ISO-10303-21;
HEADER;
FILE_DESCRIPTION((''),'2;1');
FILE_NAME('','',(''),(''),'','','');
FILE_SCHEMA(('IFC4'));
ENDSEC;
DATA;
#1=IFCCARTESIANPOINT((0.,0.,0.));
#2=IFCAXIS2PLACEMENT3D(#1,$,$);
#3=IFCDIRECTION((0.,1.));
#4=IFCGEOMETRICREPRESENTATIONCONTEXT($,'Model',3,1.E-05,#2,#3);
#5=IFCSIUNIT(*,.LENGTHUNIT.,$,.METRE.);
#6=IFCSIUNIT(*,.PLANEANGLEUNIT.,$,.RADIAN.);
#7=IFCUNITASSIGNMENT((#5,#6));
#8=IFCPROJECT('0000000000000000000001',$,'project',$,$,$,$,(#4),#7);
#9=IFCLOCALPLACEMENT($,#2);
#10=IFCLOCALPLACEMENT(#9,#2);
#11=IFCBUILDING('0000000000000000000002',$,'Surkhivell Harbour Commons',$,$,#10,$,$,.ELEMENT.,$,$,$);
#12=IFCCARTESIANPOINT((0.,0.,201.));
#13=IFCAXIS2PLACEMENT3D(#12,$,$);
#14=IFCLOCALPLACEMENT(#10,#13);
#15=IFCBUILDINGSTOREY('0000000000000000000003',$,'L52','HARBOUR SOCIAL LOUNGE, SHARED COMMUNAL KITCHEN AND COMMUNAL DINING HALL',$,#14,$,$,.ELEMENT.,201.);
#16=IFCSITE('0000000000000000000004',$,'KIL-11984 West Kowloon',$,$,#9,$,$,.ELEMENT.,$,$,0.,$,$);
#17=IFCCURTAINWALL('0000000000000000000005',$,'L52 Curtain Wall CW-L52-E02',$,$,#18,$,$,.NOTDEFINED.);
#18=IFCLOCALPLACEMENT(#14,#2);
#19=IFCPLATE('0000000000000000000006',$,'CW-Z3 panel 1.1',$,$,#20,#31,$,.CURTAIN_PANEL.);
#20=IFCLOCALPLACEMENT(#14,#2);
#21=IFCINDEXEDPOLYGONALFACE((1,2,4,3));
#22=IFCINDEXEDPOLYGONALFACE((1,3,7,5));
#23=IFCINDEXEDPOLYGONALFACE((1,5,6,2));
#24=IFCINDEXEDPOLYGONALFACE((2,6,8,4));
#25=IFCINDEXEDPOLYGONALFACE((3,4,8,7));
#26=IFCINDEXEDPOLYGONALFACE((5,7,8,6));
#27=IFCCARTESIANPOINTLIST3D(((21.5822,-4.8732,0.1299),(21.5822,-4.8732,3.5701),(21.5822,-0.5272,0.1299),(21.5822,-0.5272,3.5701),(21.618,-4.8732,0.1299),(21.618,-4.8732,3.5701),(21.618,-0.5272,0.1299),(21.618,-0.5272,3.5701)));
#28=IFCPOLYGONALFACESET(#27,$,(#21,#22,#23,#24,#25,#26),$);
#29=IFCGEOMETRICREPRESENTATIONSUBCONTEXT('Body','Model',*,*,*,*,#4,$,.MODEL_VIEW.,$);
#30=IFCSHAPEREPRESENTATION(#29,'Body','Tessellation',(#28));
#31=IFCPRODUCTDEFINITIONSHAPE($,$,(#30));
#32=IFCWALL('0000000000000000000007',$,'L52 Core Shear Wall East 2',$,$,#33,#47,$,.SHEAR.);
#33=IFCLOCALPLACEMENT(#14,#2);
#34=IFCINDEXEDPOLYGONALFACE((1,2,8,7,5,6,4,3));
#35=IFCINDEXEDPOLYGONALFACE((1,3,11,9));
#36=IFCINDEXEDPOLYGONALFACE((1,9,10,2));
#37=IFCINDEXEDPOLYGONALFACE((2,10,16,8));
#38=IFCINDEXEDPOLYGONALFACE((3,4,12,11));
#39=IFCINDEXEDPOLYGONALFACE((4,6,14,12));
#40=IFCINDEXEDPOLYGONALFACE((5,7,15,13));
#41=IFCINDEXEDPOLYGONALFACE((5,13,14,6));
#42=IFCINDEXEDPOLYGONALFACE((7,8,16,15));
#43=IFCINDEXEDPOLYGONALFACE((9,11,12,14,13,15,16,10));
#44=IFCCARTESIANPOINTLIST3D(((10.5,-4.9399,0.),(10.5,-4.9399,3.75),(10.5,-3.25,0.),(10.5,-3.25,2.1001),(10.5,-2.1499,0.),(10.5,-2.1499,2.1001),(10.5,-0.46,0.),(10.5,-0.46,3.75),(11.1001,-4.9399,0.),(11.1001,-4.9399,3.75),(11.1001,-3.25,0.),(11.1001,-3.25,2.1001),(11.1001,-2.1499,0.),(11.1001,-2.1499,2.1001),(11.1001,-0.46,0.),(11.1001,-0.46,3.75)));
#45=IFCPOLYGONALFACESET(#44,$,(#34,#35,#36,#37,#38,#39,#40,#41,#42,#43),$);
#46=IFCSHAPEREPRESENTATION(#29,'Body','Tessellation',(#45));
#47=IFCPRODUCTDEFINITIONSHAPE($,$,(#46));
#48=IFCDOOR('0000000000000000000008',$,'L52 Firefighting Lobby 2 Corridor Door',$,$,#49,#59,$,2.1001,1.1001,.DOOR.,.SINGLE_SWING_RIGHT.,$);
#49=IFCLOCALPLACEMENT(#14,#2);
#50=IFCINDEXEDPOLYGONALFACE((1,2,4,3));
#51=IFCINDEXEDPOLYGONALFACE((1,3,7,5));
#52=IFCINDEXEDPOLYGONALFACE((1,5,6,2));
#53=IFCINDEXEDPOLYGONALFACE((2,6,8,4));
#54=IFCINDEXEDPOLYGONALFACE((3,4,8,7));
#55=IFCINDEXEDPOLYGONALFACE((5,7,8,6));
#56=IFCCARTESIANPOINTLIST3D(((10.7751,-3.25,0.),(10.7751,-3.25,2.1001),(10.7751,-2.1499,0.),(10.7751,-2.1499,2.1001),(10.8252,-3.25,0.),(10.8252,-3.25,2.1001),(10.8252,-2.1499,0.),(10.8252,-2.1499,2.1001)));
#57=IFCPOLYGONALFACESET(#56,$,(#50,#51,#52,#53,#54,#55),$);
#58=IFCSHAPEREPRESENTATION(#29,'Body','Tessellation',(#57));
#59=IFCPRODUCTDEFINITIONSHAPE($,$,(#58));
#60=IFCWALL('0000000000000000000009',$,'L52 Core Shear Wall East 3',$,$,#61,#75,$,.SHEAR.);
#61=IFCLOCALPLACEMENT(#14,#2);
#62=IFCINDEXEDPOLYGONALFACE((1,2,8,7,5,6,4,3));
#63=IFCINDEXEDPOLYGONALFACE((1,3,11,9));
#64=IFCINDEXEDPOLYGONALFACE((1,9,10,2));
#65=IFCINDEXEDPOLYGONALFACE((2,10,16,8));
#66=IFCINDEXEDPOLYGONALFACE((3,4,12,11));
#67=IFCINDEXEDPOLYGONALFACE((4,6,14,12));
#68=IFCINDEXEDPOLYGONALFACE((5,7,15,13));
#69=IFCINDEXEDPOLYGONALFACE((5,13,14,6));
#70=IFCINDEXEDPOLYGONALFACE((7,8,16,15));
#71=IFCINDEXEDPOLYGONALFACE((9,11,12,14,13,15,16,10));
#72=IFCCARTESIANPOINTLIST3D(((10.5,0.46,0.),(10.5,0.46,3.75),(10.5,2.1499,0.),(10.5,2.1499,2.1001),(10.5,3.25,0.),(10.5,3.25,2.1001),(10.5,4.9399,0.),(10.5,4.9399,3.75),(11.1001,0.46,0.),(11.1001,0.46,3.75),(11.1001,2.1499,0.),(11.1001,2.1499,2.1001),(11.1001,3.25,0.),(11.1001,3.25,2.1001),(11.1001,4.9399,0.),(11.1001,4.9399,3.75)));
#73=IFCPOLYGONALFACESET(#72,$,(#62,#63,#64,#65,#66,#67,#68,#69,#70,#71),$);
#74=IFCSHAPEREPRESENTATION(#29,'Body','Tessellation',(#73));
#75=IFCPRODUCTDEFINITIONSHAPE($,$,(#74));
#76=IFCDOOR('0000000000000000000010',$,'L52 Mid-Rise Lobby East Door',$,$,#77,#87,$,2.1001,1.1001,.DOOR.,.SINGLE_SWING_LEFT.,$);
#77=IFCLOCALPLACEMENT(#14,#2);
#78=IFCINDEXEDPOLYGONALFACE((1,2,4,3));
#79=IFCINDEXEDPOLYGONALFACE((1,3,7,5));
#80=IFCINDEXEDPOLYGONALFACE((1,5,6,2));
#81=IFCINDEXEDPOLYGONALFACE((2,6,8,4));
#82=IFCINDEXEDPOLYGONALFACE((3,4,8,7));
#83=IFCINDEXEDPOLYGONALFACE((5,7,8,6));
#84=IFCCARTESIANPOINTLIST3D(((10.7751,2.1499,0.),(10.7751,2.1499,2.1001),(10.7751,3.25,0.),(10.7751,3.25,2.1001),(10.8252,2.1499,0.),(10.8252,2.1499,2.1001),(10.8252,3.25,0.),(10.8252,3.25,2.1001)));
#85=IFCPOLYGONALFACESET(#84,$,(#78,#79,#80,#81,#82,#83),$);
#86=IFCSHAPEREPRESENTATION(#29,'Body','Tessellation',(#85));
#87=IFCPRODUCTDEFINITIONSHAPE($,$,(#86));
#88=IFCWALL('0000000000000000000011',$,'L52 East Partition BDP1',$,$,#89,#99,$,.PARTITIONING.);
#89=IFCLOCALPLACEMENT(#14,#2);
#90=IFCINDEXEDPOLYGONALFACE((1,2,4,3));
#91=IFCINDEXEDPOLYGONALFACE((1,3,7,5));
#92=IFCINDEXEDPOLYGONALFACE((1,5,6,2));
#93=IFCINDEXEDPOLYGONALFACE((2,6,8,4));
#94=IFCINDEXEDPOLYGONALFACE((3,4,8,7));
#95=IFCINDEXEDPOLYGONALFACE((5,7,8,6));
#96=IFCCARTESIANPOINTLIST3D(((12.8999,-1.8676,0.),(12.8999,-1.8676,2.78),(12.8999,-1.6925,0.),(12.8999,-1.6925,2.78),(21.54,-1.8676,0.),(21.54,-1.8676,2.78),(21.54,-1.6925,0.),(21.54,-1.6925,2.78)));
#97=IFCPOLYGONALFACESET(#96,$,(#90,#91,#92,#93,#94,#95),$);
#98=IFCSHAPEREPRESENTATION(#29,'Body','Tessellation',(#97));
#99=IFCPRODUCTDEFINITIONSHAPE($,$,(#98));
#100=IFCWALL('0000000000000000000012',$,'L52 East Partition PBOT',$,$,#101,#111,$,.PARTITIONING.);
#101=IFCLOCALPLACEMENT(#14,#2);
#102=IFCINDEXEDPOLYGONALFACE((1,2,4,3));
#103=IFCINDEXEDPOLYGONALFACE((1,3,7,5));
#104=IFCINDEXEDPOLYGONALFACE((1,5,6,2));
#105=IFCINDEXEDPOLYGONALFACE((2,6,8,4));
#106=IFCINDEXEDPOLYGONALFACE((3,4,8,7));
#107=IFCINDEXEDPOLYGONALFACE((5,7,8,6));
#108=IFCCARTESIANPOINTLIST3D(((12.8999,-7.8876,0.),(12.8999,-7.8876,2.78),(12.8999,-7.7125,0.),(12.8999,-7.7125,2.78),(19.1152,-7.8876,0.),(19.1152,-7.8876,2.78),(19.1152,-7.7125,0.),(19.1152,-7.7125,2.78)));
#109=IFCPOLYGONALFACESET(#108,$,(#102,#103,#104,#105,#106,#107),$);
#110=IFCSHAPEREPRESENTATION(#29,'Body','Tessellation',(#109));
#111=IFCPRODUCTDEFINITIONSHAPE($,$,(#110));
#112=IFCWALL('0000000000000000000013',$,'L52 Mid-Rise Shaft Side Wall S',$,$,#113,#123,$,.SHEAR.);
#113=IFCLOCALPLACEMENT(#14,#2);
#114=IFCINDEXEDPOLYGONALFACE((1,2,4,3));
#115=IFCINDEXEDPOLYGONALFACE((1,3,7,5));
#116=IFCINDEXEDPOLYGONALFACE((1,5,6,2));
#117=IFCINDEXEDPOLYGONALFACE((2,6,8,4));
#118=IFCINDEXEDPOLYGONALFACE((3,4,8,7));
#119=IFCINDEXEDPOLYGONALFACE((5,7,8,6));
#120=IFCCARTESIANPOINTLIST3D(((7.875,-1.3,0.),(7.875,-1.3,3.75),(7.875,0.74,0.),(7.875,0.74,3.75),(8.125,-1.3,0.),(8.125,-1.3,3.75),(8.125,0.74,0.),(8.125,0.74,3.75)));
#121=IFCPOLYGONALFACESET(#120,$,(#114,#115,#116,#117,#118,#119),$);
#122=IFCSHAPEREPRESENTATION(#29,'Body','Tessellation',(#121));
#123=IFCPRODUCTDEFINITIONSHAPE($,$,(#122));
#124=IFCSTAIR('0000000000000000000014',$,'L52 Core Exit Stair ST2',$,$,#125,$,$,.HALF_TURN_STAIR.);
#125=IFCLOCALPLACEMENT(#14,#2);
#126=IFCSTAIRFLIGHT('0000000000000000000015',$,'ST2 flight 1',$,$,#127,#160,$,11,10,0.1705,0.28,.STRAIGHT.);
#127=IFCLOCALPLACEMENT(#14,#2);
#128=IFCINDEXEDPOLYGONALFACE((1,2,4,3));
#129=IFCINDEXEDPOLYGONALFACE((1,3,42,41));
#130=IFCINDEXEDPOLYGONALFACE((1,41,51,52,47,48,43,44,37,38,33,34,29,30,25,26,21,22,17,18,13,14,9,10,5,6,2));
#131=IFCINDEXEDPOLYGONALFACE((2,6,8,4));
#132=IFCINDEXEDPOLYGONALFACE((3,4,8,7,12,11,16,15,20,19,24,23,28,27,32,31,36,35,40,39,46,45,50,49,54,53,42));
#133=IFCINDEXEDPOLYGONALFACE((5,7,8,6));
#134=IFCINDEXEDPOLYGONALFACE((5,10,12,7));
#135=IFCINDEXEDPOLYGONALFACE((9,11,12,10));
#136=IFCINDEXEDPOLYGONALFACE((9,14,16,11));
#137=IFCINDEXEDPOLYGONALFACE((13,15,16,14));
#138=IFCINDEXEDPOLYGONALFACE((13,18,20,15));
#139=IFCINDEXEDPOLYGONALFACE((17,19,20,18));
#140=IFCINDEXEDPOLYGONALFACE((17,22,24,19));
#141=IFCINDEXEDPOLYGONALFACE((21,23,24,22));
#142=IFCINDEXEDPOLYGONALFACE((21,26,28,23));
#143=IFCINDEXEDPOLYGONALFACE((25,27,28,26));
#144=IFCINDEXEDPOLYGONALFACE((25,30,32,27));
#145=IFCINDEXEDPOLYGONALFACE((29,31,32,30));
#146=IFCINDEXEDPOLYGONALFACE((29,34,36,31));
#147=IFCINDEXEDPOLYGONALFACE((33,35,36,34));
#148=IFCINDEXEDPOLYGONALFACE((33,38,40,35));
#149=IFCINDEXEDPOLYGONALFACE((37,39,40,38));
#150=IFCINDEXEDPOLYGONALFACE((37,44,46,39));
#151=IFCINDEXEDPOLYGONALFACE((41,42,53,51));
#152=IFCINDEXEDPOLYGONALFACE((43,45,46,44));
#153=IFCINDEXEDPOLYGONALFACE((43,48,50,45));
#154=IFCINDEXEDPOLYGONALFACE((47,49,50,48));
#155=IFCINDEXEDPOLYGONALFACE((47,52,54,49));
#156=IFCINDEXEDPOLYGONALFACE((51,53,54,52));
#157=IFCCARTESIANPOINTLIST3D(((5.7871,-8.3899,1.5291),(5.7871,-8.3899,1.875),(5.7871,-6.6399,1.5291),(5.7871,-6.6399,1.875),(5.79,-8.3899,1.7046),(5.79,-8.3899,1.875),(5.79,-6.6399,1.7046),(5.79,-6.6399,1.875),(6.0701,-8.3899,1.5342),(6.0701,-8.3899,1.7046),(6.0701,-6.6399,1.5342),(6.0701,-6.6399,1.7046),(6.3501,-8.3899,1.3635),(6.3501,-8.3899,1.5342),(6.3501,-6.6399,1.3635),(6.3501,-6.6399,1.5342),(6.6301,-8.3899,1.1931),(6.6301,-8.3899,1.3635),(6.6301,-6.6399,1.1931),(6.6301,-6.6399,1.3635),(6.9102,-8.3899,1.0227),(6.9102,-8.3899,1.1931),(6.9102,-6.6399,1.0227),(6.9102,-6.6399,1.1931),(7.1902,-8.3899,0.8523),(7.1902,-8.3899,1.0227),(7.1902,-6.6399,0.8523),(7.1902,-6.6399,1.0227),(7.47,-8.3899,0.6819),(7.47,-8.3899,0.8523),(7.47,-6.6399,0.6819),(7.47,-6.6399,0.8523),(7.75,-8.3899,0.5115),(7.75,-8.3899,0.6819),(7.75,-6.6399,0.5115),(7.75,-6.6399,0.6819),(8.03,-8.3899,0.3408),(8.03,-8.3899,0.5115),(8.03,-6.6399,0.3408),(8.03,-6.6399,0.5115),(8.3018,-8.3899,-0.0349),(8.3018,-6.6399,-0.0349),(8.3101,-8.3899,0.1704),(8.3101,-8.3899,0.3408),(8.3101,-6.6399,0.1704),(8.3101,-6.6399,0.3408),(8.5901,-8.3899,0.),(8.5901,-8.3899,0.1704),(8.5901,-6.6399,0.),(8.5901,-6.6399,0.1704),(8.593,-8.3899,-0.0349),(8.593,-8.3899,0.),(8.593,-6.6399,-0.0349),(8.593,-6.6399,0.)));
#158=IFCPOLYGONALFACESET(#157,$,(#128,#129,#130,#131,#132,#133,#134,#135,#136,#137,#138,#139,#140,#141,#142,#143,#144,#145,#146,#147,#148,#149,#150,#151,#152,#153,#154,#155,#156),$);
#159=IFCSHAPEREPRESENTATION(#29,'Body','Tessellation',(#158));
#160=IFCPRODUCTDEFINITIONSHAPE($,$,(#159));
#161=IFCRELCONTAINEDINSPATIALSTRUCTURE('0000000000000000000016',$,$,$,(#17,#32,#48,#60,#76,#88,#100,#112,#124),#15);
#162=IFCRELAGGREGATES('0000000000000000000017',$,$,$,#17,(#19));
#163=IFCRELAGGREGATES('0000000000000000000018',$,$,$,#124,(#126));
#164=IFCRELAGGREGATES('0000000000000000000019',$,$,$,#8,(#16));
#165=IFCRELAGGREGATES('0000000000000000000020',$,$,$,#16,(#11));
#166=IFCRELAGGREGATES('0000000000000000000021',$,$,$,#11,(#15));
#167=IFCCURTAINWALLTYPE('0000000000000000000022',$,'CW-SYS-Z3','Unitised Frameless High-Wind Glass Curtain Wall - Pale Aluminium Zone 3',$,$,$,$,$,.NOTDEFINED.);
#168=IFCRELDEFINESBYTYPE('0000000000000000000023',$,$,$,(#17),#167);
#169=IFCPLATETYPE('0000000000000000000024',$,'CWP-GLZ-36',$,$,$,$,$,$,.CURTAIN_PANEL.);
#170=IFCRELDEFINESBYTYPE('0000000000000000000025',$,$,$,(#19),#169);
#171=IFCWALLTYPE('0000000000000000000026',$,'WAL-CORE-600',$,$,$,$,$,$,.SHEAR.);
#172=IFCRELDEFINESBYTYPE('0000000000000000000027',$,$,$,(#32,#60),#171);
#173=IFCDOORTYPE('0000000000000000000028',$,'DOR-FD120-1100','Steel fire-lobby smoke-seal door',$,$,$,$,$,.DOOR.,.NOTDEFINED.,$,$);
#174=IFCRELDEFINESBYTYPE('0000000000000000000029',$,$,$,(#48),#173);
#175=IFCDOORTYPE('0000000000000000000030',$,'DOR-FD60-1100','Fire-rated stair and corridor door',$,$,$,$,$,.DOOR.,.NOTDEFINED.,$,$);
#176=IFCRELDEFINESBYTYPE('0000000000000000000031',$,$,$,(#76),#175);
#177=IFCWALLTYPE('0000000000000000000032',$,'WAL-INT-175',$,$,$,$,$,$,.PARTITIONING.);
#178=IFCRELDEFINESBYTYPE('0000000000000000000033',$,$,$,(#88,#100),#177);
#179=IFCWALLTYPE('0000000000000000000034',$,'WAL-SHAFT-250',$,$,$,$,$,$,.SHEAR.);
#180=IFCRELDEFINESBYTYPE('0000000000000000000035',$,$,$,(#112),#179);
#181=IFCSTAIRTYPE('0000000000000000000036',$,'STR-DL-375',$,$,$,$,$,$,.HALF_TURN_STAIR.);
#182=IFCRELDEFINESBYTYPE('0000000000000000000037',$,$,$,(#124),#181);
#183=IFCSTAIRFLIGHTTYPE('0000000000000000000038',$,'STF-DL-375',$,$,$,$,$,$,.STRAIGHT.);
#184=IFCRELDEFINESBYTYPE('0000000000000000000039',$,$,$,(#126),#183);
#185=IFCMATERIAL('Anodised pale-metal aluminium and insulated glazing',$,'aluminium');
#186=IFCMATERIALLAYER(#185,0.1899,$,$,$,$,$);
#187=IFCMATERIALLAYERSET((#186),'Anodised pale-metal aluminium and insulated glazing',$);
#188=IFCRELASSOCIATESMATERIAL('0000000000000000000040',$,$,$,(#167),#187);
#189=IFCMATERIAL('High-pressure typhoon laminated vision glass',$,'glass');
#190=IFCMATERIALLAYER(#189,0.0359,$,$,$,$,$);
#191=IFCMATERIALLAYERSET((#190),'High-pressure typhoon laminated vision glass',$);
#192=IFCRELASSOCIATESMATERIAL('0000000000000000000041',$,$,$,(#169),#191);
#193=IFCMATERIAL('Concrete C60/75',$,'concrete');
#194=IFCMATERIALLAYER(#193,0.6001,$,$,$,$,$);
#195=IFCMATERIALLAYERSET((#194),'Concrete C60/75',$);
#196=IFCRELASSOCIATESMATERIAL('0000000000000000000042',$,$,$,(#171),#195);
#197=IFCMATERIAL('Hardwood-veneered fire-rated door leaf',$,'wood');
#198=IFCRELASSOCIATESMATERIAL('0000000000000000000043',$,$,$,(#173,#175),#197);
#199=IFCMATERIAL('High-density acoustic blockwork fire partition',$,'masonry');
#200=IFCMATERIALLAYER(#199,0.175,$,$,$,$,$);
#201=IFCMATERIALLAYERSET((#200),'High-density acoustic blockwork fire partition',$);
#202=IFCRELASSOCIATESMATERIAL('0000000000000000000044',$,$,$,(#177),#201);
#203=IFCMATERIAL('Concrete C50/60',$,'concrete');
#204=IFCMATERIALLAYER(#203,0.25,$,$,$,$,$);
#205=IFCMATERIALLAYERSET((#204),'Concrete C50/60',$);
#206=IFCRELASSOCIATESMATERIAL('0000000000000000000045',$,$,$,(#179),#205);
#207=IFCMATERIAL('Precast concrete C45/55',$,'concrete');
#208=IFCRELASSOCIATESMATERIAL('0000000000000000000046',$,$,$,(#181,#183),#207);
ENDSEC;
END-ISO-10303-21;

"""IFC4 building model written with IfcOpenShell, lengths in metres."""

from ifc_helpers import new_model, si_unit, direction, frame, frame_2d, origin, place, context, subcontext, project, spatial, polyline, rectangle, outline, extrude, material, layer, layer_set, type_object, element, fill, aggregate, save


model = new_model("IFC4")

# Units and contexts
model_context = context("Model", 3, precision=1e-05, world=origin(), true_north=direction((0.0, 1.0)))
body_context = subcontext(model_context, "Body", "Model", "MODEL_VIEW")
ifc_project = project(units=[si_unit("LENGTHUNIT", "METRE"), si_unit("PLANEANGLEUNIT", "RADIAN")], contexts=[model_context])

# Site, building, storey
site_placement = place(None, origin())
site = spatial("IfcSite", under=ifc_project, at=site_placement, Name="KIL-11984 West Kowloon", CompositionType="ELEMENT", RefElevation=0.0)
building_placement = place(site_placement, origin())
building = spatial("IfcBuilding", under=site, at=building_placement, Name="Surkhivell Harbour Commons", CompositionType="ELEMENT")
storey_placement = place(building_placement, frame((0.0, 0.0, 201.0)))
storey = spatial("IfcBuildingStorey", under=building, at=storey_placement, Name="L52", Description="HARBOUR SOCIAL LOUNGE, SHARED COMMUNAL KITCHEN AND COMMUNAL DINING HALL", CompositionType="ELEMENT", Elevation=201.0)

# Shared definitions
ifc_material_1 = material(Name="Concrete C60/75", Category="concrete")

# Shared definitions
ifc_material_2 = material(Name="Anodised pale-metal aluminium and insulated glazing", Category="aluminium")
ifc_layer_1 = layer(ifc_material_2, 0.1899)
ifc_layer_set_1 = layer_set([ifc_layer_1], Name="Anodised pale-metal aluminium and insulated glazing")
curtain_wall_type = type_object("IfcCurtainWallType", Name="CW-SYS-Z3", Description="Unitised Frameless High-Wind Glass Curtain Wall - Pale Aluminium Zone 3", PredefinedType="NOTDEFINED", material=ifc_layer_set_1)

# Curtain wall, plate
curtain_wall_1_placement = place(storey_placement, origin())
curtain_wall_1 = element("IfcCurtainWall", 1, at=curtain_wall_1_placement, inside=storey, type_object=curtain_wall_type, Name="L52 Curtain Wall CW-L52-E02", PredefinedType="NOTDEFINED")
ifc_material_3 = material(Name="High-pressure typhoon laminated vision glass", Category="glass")
ifc_layer_2 = layer(ifc_material_3, 0.0359)
ifc_layer_set_2 = layer_set([ifc_layer_2], Name="High-pressure typhoon laminated vision glass")
plate_type = type_object("IfcPlateType", Name="CWP-GLZ-36", PredefinedType="CURTAIN_PANEL", material=ifc_layer_set_2)
plate_placement = place(storey_placement, frame((21.6001, -4.873, 0.1299), z_axis=(0.0, 0.0, 1.0), x_axis=(0.0, 1.0, 0.0)))
plate = element("IfcPlate", 2, at=plate_placement, type_object=plate_type, Name="CW-Z3 panel 1.1", PredefinedType="CURTAIN_PANEL", context=body_context, shape_type="SweptSolid", body=[
    extrude(rectangle(XDim=4.3459, YDim=0.0359, at=frame_2d((2.1729, 0.0))), origin(), (0.0, 0.0, 1.0), 3.4402),
])
aggregate(curtain_wall_1, [plate])

# Walls, openings, doors
ifc_layer_3 = layer(ifc_material_1, 0.6001)
ifc_layer_set_3 = layer_set([ifc_layer_3], Name="Concrete C60/75")
wall_type_1 = type_object("IfcWallType", Name="WAL-CORE-600", PredefinedType="SHEAR", material=ifc_layer_set_3)
wall_1_placement = place(storey_placement, frame((10.8, -4.9399, 0.0), z_axis=(0.0, 0.0, 1.0), x_axis=(0.0, 1.0, 0.0)))
wall_1 = element("IfcWall", 3, at=wall_1_placement, inside=storey, type_object=wall_type_1, Name="L52 Core Shear Wall East 2", PredefinedType="SHEAR", context=body_context, shape_type="SweptSolid", body=[
    extrude(rectangle(XDim=4.48, YDim=0.6001, at=frame_2d((2.24, 0.0))), origin(), (0.0, 0.0, 1.0), 3.75),
])
opening_1_placement = place(wall_1_placement, frame((1.6899, 0.0, 0.0)))
opening_1 = element("IfcOpeningElement", 4, at=opening_1_placement, cuts=wall_1, PredefinedType="OPENING", context=body_context, shape_type="SweptSolid", body=[
    extrude(rectangle(XDim=1.1001, YDim=2.1001, at=frame_2d((0.55, 1.05))), frame((0.0, 0.3101, 0.0), z_axis=(0.0, -1.0, 0.0), x_axis=(1.0, 0.0, 0.0)), (0.0, 0.0, 1.0), 0.6201),
])
ifc_material_4 = material(Name="Hardwood-veneered fire-rated door leaf", Category="wood")
door_type_1 = type_object("IfcDoorType", Name="DOR-FD120-1100", Description="Steel fire-lobby smoke-seal door", OperationType="NOTDEFINED", PredefinedType="DOOR", material=ifc_material_4)
door_1_placement = place(opening_1_placement, origin())
door_1 = element("IfcDoor", 5, at=door_1_placement, inside=storey, type_object=door_type_1, Name="L52 Firefighting Lobby 2 Corridor Door", OperationType="SINGLE_SWING_RIGHT", OverallHeight=2.1001, OverallWidth=1.1001, PredefinedType="DOOR", context=body_context, shape_type="SweptSolid", body=[
    extrude(rectangle(XDim=1.1001, YDim=2.1001, at=frame_2d((0.55, 1.05))), frame((0.0, 0.0249, 0.0), z_axis=(0.0, -1.0, 0.0), x_axis=(1.0, 0.0, 0.0)), (0.0, 0.0, 1.0), 0.05),
])
fill(opening_1, door_1)
wall_2_placement = place(storey_placement, frame((10.8, 0.46, 0.0), z_axis=(0.0, 0.0, 1.0), x_axis=(0.0, 1.0, 0.0)))
wall_2 = element("IfcWall", 6, at=wall_2_placement, inside=storey, type_object=wall_type_1, Name="L52 Core Shear Wall East 3", PredefinedType="SHEAR", context=body_context, shape_type="SweptSolid", body=[
    extrude(rectangle(XDim=4.48, YDim=0.6001, at=frame_2d((2.24, 0.0))), origin(), (0.0, 0.0, 1.0), 3.75),
])
opening_2_placement = place(wall_2_placement, frame((1.6899, 0.0, 0.0)))
opening_2 = element("IfcOpeningElement", 7, at=opening_2_placement, cuts=wall_2, PredefinedType="OPENING", context=body_context, shape_type="SweptSolid", body=[
    extrude(rectangle(XDim=1.1001, YDim=2.1001, at=frame_2d((0.55, 1.05))), frame((0.0, 0.3101, 0.0), z_axis=(0.0, -1.0, 0.0), x_axis=(1.0, 0.0, 0.0)), (0.0, 0.0, 1.0), 0.6201),
])
door_type_2 = type_object("IfcDoorType", Name="DOR-FD60-1100", Description="Fire-rated stair and corridor door", OperationType="NOTDEFINED", PredefinedType="DOOR", material=ifc_material_4)
door_2_placement = place(opening_2_placement, origin())
door_2 = element("IfcDoor", 8, at=door_2_placement, inside=storey, type_object=door_type_2, Name="L52 Mid-Rise Lobby East Door", OperationType="SINGLE_SWING_LEFT", OverallHeight=2.1001, OverallWidth=1.1001, PredefinedType="DOOR", context=body_context, shape_type="SweptSolid", body=[
    extrude(rectangle(XDim=1.1001, YDim=2.1001, at=frame_2d((0.55, 1.05))), frame((0.0, 0.0249, 0.0), z_axis=(0.0, -1.0, 0.0), x_axis=(1.0, 0.0, 0.0)), (0.0, 0.0, 1.0), 0.05),
])
fill(opening_2, door_2)

# Walls
ifc_material_5 = material(Name="High-density acoustic blockwork fire partition", Category="masonry")
ifc_layer_4 = layer(ifc_material_5, 0.175)
ifc_layer_set_4 = layer_set([ifc_layer_4], Name="High-density acoustic blockwork fire partition")
wall_type_2 = type_object("IfcWallType", Name="WAL-INT-175", PredefinedType="PARTITIONING", material=ifc_layer_set_4)
wall_3_placement = place(storey_placement, frame((12.8999, -1.78, 0.0), z_axis=(0.0, 0.0, 1.0), x_axis=(1.0, 0.0, 0.0)))
element("IfcWall", 9, at=wall_3_placement, inside=storey, type_object=wall_type_2, Name="L52 East Partition BDP1", PredefinedType="PARTITIONING", context=body_context, shape_type="SweptSolid", body=[
    extrude(rectangle(XDim=8.6401, YDim=0.175, at=frame_2d((4.3201, 0.0))), origin(), (0.0, 0.0, 1.0), 2.78),
])
wall_4_placement = place(storey_placement, frame((12.8999, -7.8, 0.0), z_axis=(0.0, 0.0, 1.0), x_axis=(1.0, 0.0, 0.0)))
element("IfcWall", 10, at=wall_4_placement, inside=storey, type_object=wall_type_2, Name="L52 East Partition PBOT", PredefinedType="PARTITIONING", context=body_context, shape_type="SweptSolid", body=[
    extrude(rectangle(XDim=6.2153, YDim=0.175, at=frame_2d((3.1077, 0.0))), origin(), (0.0, 0.0, 1.0), 2.78),
])
ifc_material_6 = material(Name="Concrete C50/60", Category="concrete")
ifc_layer_5 = layer(ifc_material_6, 0.25)
ifc_layer_set_5 = layer_set([ifc_layer_5], Name="Concrete C50/60")
wall_type_3 = type_object("IfcWallType", Name="WAL-SHAFT-250", PredefinedType="SHEAR", material=ifc_layer_set_5)
wall_5_placement = place(storey_placement, frame((8.0, -1.3, 0.0), z_axis=(0.0, 0.0, 1.0), x_axis=(0.0, 1.0, 0.0)))
element("IfcWall", 11, at=wall_5_placement, inside=storey, type_object=wall_type_3, Name="L52 Mid-Rise Shaft Side Wall S", PredefinedType="SHEAR", context=body_context, shape_type="SweptSolid", body=[
    extrude(rectangle(XDim=2.04, YDim=0.25, at=frame_2d((1.02, 0.0))), origin(), (0.0, 0.0, 1.0), 3.75),
])

# Stair, stair flight
ifc_material_7 = material(Name="Precast concrete C45/55", Category="concrete")
stair_type = type_object("IfcStairType", Name="STR-DL-375", PredefinedType="HALF_TURN_STAIR", material=ifc_material_7)
stair_placement = place(storey_placement, origin())
stair = element("IfcStair", 12, at=stair_placement, inside=storey, type_object=stair_type, Name="L52 Core Exit Stair ST2", PredefinedType="HALF_TURN_STAIR")
stair_flight_type = type_object("IfcStairFlightType", Name="STF-DL-375", PredefinedType="STRAIGHT", material=ifc_material_7)
stair_flight_placement = place(storey_placement, frame((8.5901, -7.5149, 0.0), z_axis=(0.0, 0.0, 1.0), x_axis=(-1.0, 0.0, 0.0)))
stair_flight = element("IfcStairFlight", 13, at=stair_flight_placement, type_object=stair_flight_type, Name="ST2 flight 1", NumberOfRisers=11, NumberOfTreads=10, PredefinedType="STRAIGHT", RiserHeight=0.1705, TreadLength=0.28, context=body_context, shape_type="SweptSolid", body=[
    extrude(outline(polyline([(-0.0029, -0.0349), (-0.0029, 0.0), (0.0, 0.0), (0.0, 0.1704), (0.28, 0.1704), (0.28, 0.3408), (0.5601, 0.3408), (0.5601, 0.5115), (0.8401, 0.5115), (0.8401, 0.6819), (1.1201, 0.6819), (1.1201, 0.8523), (1.3999, 0.8523), (1.3999, 1.0227), (1.6799, 1.0227), (1.6799, 1.1931), (1.96, 1.1931), (1.96, 1.3635), (2.24, 1.3635), (2.24, 1.5342), (2.52, 1.5342), (2.52, 1.7046), (2.8, 1.7046), (2.8, 1.875), (2.803, 1.875), (2.803, 1.5291), (0.2883, -0.0349), (-0.0029, -0.0349)])), frame((0.0, 0.875, 0.0), z_axis=(0.0, -1.0, 0.0), x_axis=(1.0, 0.0, 0.0)), (0.0, 0.0, 1.0), 1.75),
])
aggregate(stair, [stair_flight])

save(model, "model.ifc")
